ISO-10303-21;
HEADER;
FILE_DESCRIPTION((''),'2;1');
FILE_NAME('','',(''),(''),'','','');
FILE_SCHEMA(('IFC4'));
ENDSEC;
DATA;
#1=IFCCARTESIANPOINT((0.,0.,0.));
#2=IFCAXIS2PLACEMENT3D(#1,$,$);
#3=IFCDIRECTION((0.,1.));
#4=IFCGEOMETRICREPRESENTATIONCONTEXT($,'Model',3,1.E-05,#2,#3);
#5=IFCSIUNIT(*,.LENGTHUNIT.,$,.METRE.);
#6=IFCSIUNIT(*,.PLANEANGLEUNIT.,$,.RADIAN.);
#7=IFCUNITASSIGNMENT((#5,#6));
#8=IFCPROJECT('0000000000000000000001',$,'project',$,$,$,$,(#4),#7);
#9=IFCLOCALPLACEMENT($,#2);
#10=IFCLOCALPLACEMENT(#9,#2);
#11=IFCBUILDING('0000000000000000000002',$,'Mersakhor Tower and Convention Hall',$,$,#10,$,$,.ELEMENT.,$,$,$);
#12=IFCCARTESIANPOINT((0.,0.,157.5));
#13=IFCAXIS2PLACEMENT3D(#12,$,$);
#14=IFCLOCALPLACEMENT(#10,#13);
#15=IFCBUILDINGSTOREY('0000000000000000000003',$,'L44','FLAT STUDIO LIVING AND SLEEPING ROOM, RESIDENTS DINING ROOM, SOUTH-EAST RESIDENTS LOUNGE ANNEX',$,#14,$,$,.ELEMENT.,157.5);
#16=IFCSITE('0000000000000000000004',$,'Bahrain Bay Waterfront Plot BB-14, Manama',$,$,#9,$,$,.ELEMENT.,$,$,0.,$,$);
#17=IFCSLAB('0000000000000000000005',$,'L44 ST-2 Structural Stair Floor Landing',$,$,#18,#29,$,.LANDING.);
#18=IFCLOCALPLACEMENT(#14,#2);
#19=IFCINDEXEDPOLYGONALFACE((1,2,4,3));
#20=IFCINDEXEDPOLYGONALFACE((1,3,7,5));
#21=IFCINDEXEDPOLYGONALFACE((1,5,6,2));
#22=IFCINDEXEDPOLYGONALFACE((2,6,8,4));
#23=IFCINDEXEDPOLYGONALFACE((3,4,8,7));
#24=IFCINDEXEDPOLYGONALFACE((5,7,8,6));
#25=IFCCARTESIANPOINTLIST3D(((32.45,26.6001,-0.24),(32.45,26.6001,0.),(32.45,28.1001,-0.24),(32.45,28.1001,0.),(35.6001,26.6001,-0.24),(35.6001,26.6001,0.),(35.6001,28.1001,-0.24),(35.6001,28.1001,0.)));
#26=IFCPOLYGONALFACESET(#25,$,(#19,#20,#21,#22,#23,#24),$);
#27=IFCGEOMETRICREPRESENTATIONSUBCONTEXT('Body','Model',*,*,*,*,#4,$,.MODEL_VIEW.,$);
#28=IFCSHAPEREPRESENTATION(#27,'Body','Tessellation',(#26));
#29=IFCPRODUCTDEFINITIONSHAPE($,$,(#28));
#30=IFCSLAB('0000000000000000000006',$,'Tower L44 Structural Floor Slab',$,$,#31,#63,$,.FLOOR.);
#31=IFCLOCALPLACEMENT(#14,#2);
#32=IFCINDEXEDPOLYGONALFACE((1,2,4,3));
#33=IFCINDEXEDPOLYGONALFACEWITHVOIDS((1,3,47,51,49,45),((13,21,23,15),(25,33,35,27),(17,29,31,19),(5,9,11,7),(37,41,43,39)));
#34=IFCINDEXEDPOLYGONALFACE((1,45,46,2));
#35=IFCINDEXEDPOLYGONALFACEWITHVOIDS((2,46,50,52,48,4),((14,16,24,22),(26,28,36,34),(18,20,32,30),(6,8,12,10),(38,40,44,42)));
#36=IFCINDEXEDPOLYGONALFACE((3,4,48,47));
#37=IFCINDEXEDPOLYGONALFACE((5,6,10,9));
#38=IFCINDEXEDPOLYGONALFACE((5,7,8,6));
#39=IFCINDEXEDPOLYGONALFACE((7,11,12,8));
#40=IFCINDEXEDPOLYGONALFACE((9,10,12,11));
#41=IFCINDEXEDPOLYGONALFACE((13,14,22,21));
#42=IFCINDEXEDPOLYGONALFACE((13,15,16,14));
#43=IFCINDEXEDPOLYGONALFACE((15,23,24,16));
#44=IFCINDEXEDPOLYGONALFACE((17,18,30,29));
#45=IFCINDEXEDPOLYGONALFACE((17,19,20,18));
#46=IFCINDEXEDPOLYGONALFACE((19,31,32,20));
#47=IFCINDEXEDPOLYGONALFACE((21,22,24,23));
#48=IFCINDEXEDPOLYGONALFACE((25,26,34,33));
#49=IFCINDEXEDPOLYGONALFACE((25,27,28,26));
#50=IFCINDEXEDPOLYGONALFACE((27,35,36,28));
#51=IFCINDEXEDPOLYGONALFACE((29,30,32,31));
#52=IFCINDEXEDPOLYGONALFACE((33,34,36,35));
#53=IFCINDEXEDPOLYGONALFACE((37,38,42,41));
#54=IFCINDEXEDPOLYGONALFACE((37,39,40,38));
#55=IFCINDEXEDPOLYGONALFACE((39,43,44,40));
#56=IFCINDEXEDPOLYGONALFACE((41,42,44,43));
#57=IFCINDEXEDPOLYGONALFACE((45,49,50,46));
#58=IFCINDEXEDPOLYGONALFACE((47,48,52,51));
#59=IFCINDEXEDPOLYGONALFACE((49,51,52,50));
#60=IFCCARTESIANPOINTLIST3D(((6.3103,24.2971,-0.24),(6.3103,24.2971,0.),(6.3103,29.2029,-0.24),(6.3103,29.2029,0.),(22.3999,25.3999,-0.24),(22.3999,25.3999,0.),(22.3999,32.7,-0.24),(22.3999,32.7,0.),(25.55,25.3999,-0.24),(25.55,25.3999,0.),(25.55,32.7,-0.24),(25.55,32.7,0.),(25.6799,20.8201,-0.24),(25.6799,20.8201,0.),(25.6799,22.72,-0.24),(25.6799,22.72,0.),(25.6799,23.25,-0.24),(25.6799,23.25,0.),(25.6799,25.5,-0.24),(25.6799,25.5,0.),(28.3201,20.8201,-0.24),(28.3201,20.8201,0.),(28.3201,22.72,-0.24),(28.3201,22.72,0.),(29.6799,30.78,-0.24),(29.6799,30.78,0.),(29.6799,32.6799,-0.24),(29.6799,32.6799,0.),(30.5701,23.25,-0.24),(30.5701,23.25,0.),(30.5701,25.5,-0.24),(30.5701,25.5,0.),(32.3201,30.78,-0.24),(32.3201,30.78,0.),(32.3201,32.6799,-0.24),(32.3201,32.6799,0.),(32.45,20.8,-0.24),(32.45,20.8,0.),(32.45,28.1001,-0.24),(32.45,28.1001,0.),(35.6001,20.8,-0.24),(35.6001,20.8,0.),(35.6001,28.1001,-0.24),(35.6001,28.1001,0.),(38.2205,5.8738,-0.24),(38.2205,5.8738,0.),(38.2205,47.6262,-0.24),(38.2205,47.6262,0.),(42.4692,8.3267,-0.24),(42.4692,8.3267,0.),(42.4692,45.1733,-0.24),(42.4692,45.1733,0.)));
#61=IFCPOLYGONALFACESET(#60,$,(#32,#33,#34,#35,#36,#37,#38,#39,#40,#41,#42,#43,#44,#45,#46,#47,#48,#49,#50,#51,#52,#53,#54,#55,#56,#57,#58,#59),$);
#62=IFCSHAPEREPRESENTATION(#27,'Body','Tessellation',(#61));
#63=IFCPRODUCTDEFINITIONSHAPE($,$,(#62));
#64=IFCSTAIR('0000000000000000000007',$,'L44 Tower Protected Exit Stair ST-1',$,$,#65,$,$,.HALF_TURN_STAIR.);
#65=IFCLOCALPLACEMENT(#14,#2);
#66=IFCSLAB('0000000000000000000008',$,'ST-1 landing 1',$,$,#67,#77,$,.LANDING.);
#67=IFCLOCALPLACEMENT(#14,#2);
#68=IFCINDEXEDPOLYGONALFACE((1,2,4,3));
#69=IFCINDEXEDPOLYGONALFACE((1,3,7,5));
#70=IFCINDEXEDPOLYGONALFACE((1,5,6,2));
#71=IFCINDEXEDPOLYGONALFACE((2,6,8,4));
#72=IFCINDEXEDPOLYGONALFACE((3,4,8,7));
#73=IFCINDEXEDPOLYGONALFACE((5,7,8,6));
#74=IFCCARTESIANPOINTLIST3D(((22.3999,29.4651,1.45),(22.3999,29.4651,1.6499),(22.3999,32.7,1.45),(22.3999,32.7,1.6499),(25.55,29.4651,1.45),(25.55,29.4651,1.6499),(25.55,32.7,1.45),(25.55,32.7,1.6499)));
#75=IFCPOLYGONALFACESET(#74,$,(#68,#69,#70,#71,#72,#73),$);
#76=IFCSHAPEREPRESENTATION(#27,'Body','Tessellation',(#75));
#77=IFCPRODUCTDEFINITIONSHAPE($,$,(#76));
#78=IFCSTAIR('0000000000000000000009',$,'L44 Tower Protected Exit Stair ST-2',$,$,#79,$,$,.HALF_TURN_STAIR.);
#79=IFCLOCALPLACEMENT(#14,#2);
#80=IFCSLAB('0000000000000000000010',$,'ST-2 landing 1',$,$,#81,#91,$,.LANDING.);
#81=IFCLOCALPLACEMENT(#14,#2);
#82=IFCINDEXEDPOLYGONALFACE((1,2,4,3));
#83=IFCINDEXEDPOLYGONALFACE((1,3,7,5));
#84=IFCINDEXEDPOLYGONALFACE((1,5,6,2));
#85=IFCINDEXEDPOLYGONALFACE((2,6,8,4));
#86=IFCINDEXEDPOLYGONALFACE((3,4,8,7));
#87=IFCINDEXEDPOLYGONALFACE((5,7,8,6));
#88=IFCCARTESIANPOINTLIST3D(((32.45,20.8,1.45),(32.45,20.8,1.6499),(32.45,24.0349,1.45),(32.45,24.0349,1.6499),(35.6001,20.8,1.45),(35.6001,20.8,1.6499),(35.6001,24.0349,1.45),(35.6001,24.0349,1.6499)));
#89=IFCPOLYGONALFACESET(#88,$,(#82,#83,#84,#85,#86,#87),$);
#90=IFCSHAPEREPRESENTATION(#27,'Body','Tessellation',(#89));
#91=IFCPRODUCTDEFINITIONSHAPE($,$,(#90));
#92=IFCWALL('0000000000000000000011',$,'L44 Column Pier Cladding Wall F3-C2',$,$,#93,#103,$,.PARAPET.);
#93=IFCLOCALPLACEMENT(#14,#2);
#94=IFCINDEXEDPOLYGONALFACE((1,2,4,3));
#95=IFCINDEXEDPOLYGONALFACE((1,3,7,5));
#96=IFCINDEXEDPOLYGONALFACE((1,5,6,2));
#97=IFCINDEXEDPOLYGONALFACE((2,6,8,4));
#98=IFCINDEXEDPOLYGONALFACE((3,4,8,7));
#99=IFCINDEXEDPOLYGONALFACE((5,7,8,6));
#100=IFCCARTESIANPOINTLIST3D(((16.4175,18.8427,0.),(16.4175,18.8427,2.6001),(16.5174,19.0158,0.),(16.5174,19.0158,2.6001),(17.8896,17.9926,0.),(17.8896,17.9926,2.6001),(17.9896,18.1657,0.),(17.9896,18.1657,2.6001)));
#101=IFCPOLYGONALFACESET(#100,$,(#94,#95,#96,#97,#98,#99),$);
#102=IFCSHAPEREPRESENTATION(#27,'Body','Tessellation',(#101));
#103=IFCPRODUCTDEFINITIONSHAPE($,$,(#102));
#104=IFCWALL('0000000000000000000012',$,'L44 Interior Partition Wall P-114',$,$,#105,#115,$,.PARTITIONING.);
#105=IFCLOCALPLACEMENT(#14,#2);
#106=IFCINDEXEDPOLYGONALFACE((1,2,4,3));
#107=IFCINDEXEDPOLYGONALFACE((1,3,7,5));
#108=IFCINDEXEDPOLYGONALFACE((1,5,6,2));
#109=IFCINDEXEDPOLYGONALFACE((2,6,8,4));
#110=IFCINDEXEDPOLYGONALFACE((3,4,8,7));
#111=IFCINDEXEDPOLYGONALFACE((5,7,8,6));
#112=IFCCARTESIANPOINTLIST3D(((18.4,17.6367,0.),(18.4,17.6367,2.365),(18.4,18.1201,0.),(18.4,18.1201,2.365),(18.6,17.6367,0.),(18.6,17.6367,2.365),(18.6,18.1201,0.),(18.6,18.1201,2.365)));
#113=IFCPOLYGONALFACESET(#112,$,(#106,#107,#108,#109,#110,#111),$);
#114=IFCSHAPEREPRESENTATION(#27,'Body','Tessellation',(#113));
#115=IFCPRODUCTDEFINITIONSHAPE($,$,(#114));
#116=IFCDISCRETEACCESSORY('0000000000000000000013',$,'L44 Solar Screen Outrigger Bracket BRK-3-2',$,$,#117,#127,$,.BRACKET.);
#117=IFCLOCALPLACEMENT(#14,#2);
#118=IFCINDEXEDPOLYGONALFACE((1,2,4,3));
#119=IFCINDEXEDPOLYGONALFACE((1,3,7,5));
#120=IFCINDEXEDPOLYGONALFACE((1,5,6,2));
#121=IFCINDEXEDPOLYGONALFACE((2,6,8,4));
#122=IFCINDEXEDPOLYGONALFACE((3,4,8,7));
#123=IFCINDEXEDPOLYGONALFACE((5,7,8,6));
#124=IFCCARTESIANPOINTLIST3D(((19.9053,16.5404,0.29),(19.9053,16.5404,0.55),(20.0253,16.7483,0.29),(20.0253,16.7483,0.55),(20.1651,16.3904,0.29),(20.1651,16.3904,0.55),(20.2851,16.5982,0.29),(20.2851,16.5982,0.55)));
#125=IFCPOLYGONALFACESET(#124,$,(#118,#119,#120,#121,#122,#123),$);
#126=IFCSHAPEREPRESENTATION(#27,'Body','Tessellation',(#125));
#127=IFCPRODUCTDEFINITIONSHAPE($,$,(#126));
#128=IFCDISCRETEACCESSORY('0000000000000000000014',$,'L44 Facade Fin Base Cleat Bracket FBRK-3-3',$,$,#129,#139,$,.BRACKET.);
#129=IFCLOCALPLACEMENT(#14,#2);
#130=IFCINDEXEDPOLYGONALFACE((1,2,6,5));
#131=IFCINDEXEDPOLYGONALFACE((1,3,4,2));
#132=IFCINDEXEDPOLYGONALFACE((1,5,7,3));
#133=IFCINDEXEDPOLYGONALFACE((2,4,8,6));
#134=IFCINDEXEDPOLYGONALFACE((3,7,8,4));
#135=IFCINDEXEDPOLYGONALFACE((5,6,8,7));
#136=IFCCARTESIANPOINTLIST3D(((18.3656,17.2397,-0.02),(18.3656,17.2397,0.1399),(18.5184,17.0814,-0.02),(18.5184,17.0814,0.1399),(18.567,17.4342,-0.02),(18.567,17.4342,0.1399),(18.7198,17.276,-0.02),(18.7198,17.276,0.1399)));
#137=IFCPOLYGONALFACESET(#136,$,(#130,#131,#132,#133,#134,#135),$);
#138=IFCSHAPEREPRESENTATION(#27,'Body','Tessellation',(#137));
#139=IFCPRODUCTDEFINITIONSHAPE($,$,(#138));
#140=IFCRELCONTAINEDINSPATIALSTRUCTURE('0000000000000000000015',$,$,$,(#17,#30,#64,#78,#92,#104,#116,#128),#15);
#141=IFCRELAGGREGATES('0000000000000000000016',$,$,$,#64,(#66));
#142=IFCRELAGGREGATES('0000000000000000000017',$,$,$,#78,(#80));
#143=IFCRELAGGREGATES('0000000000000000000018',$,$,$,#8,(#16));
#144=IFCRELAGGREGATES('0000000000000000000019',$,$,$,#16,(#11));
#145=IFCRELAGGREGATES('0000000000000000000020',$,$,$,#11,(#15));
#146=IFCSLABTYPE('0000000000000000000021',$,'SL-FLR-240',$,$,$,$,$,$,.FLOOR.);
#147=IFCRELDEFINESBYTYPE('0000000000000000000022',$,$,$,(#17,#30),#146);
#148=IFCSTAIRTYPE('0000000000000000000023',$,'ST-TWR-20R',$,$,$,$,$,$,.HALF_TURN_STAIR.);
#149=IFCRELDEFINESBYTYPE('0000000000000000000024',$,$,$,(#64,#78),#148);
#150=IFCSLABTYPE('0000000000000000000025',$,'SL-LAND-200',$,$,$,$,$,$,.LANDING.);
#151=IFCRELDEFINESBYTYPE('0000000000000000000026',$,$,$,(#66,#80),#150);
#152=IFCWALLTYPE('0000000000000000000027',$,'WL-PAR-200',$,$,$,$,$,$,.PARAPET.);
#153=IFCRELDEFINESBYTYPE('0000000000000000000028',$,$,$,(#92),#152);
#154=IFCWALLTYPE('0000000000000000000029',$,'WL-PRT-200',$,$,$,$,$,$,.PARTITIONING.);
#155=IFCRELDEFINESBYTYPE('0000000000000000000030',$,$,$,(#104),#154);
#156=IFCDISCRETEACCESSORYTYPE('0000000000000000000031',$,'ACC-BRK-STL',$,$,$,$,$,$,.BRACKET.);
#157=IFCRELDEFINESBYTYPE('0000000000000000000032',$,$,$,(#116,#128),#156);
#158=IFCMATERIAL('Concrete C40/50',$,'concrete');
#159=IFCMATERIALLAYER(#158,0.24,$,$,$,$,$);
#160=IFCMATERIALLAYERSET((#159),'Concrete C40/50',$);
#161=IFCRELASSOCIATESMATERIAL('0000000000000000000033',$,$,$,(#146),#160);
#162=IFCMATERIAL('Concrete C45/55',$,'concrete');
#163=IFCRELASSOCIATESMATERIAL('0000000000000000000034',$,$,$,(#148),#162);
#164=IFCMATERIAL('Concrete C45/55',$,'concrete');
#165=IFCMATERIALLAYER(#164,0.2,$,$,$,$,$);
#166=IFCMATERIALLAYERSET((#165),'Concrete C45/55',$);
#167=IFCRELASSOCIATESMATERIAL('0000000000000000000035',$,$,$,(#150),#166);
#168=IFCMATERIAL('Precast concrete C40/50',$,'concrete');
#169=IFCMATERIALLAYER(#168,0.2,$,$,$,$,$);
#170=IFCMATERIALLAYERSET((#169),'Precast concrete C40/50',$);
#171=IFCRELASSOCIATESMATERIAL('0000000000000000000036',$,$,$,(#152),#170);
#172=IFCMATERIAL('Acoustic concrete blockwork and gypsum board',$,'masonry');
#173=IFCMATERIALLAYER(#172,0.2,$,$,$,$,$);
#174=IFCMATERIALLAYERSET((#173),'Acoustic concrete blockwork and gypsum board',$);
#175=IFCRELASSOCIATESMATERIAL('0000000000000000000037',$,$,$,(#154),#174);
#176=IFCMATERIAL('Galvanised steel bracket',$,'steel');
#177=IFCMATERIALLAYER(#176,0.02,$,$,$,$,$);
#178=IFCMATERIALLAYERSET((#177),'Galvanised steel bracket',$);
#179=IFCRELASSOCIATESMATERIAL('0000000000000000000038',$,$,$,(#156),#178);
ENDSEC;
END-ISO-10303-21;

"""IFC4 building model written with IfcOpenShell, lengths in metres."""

from ifc_helpers import new_model, si_unit, direction, frame, frame_2d, origin, origin_2d, place, context, subcontext, project, spatial, polyline, rectangle, outline, extrude, material, layer, layer_set, type_object, element, aggregate, save


model = new_model("IFC4")

# Units and contexts
model_context = context("Model", 3, precision=1e-05, world=origin(), true_north=direction((0.0, 1.0)))
body_context = subcontext(model_context, "Body", "Model", "MODEL_VIEW")
ifc_project = project(units=[si_unit("LENGTHUNIT", "METRE"), si_unit("PLANEANGLEUNIT", "RADIAN")], contexts=[model_context])

# Site, building, storey
site_placement = place(None, origin())
site = spatial("IfcSite", under=ifc_project, at=site_placement, Name="Bahrain Bay Waterfront Plot BB-14, Manama", CompositionType="ELEMENT", RefElevation=0.0)
building_placement = place(site_placement, origin())
building = spatial("IfcBuilding", under=site, at=building_placement, Name="Mersakhor Tower and Convention Hall", CompositionType="ELEMENT")
storey_placement = place(building_placement, frame((0.0, 0.0, 157.5)))
storey = spatial("IfcBuildingStorey", under=building, at=storey_placement, Name="L44", Description="FLAT STUDIO LIVING AND SLEEPING ROOM, RESIDENTS DINING ROOM, SOUTH-EAST RESIDENTS LOUNGE ANNEX", CompositionType="ELEMENT", Elevation=157.5)

# Slabs
ifc_material_1 = material(Name="Concrete C40/50", Category="concrete")
ifc_layer_1 = layer(ifc_material_1, 0.24)
ifc_layer_set_1 = layer_set([ifc_layer_1], Name="Concrete C40/50")
slab_type_1 = type_object("IfcSlabType", Name="SL-FLR-240", PredefinedType="FLOOR", material=ifc_layer_set_1)
slab_1_placement = place(storey_placement, frame((0.0, 0.0, -0.24)))
element("IfcSlab", 1, at=slab_1_placement, inside=storey, type_object=slab_type_1, Name="L44 ST-2 Structural Stair Floor Landing", PredefinedType="LANDING", context=body_context, shape_type="SweptSolid", body=[
    extrude(outline(polyline([(32.45, 28.1001), (32.45, 26.6001), (35.6001, 26.6001), (35.6001, 28.1001), (32.45, 28.1001)])), origin(), (0.0, 0.0, 1.0), 0.24),
])
slab_2_placement = place(storey_placement, frame((0.0, 0.0, -0.24)))
element("IfcSlab", 2, at=slab_2_placement, inside=storey, type_object=slab_type_1, Name="Tower L44 Structural Floor Slab", PredefinedType="FLOOR", context=body_context, shape_type="SweptSolid", body=[
    extrude(outline(polyline([(6.3103, 29.2029), (38.2205, 47.6262), (42.4692, 45.1733), (42.4692, 8.3267), (38.2205, 5.8738), (6.3103, 24.2971), (6.3103, 29.2029)]), holes=[polyline([(25.55, 25.3999), (25.55, 32.7), (22.3999, 32.7), (22.3999, 25.3999), (25.55, 25.3999)]), polyline([(32.45, 28.1001), (32.45, 20.8), (35.6001, 20.8), (35.6001, 28.1001), (32.45, 28.1001)]), polyline([(25.6799, 20.8201), (25.6799, 22.72), (28.3201, 22.72), (28.3201, 20.8201), (25.6799, 20.8201)]), polyline([(29.6799, 30.78), (29.6799, 32.6799), (32.3201, 32.6799), (32.3201, 30.78), (29.6799, 30.78)]), polyline([(25.6799, 23.25), (25.6799, 25.5), (30.5701, 25.5), (30.5701, 23.25), (25.6799, 23.25)])]), origin(), (0.0, 0.0, 1.0), 0.24),
])

# Stairs, slabs
ifc_material_2 = material(Name="Concrete C45/55", Category="concrete")
stair_type = type_object("IfcStairType", Name="ST-TWR-20R", PredefinedType="HALF_TURN_STAIR", material=ifc_material_2)
stair_1_placement = place(storey_placement, origin())
stair_1 = element("IfcStair", 3, at=stair_1_placement, inside=storey, type_object=stair_type, Name="L44 Tower Protected Exit Stair ST-1", PredefinedType="HALF_TURN_STAIR")
ifc_material_3 = material(Name="Concrete C45/55", Category="concrete")
ifc_layer_2 = layer(ifc_material_3, 0.2)
ifc_layer_set_2 = layer_set([ifc_layer_2], Name="Concrete C45/55")
slab_type_2 = type_object("IfcSlabType", Name="SL-LAND-200", PredefinedType="LANDING", material=ifc_layer_set_2)
slab_3_placement = place(storey_placement, frame((0.0, 0.0, 1.45)))
slab_3 = element("IfcSlab", 4, at=slab_3_placement, type_object=slab_type_2, Name="ST-1 landing 1", PredefinedType="LANDING", context=body_context, shape_type="SweptSolid", body=[
    extrude(outline(polyline([(25.55, 29.4651), (25.55, 32.7), (22.3999, 32.7), (22.3999, 29.4651), (25.55, 29.4651)])), origin(), (0.0, 0.0, 1.0), 0.2),
])
aggregate(stair_1, [slab_3])
stair_2_placement = place(storey_placement, origin())
stair_2 = element("IfcStair", 5, at=stair_2_placement, inside=storey, type_object=stair_type, Name="L44 Tower Protected Exit Stair ST-2", PredefinedType="HALF_TURN_STAIR")
slab_4_placement = place(storey_placement, frame((0.0, 0.0, 1.45)))
slab_4 = element("IfcSlab", 6, at=slab_4_placement, type_object=slab_type_2, Name="ST-2 landing 1", PredefinedType="LANDING", context=body_context, shape_type="SweptSolid", body=[
    extrude(outline(polyline([(32.45, 24.0349), (32.45, 20.8), (35.6001, 20.8), (35.6001, 24.0349), (32.45, 24.0349)])), origin(), (0.0, 0.0, 1.0), 0.2),
])
aggregate(stair_2, [slab_4])

# Walls
ifc_material_4 = material(Name="Precast concrete C40/50", Category="concrete")
ifc_layer_3 = layer(ifc_material_4, 0.2)
ifc_layer_set_3 = layer_set([ifc_layer_3], Name="Precast concrete C40/50")
wall_type_1 = type_object("IfcWallType", Name="WL-PAR-200", PredefinedType="PARAPET", material=ifc_layer_set_3)
wall_1_placement = place(storey_placement, frame((17.9397, 18.0791, 0.0), z_axis=(0.0, 0.0, 1.0), x_axis=(-0.865989, 0.500062, 0.0)))
element("IfcWall", 7, at=wall_1_placement, inside=storey, type_object=wall_type_1, Name="L44 Column Pier Cladding Wall F3-C2", PredefinedType="PARAPET", context=body_context, shape_type="SweptSolid", body=[
    extrude(rectangle(XDim=1.7, YDim=0.2, at=frame_2d((0.8501, 0.0))), origin(), (0.0, 0.0, 1.0), 2.6001),
])
ifc_material_5 = material(Name="Acoustic concrete blockwork and gypsum board", Category="masonry")
ifc_layer_4 = layer(ifc_material_5, 0.2)
ifc_layer_set_4 = layer_set([ifc_layer_4], Name="Acoustic concrete blockwork and gypsum board")
wall_type_2 = type_object("IfcWallType", Name="WL-PRT-200", PredefinedType="PARTITIONING", material=ifc_layer_set_4)
wall_2_placement = place(storey_placement, frame((18.5, 17.6367, 0.0), z_axis=(0.0, 0.0, 1.0), x_axis=(0.0, 1.0, 0.0)))
element("IfcWall", 8, at=wall_2_placement, inside=storey, type_object=wall_type_2, Name="L44 Interior Partition Wall P-114", PredefinedType="PARTITIONING", context=body_context, shape_type="SweptSolid", body=[
    extrude(rectangle(XDim=0.4834, YDim=0.2, at=frame_2d((0.2417, 0.0))), origin(), (0.0, 0.0, 1.0), 2.365),
])

# Discrete accessories
ifc_material_6 = material(Name="Galvanised steel bracket", Category="steel")
ifc_layer_5 = layer(ifc_material_6, 0.02)
ifc_layer_set_5 = layer_set([ifc_layer_5], Name="Galvanised steel bracket")
discrete_accessory_type = type_object("IfcDiscreteAccessoryType", Name="ACC-BRK-STL", PredefinedType="BRACKET", material=ifc_layer_set_5)
discrete_accessory_1_placement = place(storey_placement, frame((20.0952, 16.5693, 0.29), z_axis=(0.0, 0.0, 1.0), x_axis=(-0.866025, 0.5, 0.0)))
element("IfcDiscreteAccessory", 9, at=discrete_accessory_1_placement, inside=storey, type_object=discrete_accessory_type, Name="L44 Solar Screen Outrigger Bracket BRK-3-2", PredefinedType="BRACKET", context=body_context, shape_type="SweptSolid", body=[
    extrude(rectangle(XDim=0.3, YDim=0.24, at=origin_2d()), origin(), (0.0, 0.0, 1.0), 0.26),
])
discrete_accessory_2_placement = place(storey_placement, frame((18.5427, 17.2578, -0.02), z_axis=(0.0, 0.0, 1.0), x_axis=(-0.71934, -0.694658, 0.0)))
element("IfcDiscreteAccessory", 10, at=discrete_accessory_2_placement, inside=storey, type_object=discrete_accessory_type, Name="L44 Facade Fin Base Cleat Bracket FBRK-3-3", PredefinedType="BRACKET", context=body_context, shape_type="SweptSolid", body=[
    extrude(rectangle(XDim=0.28, YDim=0.22, at=origin_2d()), origin(), (0.0, 0.0, 1.0), 0.1599),
])

save(model, "model.ifc")
